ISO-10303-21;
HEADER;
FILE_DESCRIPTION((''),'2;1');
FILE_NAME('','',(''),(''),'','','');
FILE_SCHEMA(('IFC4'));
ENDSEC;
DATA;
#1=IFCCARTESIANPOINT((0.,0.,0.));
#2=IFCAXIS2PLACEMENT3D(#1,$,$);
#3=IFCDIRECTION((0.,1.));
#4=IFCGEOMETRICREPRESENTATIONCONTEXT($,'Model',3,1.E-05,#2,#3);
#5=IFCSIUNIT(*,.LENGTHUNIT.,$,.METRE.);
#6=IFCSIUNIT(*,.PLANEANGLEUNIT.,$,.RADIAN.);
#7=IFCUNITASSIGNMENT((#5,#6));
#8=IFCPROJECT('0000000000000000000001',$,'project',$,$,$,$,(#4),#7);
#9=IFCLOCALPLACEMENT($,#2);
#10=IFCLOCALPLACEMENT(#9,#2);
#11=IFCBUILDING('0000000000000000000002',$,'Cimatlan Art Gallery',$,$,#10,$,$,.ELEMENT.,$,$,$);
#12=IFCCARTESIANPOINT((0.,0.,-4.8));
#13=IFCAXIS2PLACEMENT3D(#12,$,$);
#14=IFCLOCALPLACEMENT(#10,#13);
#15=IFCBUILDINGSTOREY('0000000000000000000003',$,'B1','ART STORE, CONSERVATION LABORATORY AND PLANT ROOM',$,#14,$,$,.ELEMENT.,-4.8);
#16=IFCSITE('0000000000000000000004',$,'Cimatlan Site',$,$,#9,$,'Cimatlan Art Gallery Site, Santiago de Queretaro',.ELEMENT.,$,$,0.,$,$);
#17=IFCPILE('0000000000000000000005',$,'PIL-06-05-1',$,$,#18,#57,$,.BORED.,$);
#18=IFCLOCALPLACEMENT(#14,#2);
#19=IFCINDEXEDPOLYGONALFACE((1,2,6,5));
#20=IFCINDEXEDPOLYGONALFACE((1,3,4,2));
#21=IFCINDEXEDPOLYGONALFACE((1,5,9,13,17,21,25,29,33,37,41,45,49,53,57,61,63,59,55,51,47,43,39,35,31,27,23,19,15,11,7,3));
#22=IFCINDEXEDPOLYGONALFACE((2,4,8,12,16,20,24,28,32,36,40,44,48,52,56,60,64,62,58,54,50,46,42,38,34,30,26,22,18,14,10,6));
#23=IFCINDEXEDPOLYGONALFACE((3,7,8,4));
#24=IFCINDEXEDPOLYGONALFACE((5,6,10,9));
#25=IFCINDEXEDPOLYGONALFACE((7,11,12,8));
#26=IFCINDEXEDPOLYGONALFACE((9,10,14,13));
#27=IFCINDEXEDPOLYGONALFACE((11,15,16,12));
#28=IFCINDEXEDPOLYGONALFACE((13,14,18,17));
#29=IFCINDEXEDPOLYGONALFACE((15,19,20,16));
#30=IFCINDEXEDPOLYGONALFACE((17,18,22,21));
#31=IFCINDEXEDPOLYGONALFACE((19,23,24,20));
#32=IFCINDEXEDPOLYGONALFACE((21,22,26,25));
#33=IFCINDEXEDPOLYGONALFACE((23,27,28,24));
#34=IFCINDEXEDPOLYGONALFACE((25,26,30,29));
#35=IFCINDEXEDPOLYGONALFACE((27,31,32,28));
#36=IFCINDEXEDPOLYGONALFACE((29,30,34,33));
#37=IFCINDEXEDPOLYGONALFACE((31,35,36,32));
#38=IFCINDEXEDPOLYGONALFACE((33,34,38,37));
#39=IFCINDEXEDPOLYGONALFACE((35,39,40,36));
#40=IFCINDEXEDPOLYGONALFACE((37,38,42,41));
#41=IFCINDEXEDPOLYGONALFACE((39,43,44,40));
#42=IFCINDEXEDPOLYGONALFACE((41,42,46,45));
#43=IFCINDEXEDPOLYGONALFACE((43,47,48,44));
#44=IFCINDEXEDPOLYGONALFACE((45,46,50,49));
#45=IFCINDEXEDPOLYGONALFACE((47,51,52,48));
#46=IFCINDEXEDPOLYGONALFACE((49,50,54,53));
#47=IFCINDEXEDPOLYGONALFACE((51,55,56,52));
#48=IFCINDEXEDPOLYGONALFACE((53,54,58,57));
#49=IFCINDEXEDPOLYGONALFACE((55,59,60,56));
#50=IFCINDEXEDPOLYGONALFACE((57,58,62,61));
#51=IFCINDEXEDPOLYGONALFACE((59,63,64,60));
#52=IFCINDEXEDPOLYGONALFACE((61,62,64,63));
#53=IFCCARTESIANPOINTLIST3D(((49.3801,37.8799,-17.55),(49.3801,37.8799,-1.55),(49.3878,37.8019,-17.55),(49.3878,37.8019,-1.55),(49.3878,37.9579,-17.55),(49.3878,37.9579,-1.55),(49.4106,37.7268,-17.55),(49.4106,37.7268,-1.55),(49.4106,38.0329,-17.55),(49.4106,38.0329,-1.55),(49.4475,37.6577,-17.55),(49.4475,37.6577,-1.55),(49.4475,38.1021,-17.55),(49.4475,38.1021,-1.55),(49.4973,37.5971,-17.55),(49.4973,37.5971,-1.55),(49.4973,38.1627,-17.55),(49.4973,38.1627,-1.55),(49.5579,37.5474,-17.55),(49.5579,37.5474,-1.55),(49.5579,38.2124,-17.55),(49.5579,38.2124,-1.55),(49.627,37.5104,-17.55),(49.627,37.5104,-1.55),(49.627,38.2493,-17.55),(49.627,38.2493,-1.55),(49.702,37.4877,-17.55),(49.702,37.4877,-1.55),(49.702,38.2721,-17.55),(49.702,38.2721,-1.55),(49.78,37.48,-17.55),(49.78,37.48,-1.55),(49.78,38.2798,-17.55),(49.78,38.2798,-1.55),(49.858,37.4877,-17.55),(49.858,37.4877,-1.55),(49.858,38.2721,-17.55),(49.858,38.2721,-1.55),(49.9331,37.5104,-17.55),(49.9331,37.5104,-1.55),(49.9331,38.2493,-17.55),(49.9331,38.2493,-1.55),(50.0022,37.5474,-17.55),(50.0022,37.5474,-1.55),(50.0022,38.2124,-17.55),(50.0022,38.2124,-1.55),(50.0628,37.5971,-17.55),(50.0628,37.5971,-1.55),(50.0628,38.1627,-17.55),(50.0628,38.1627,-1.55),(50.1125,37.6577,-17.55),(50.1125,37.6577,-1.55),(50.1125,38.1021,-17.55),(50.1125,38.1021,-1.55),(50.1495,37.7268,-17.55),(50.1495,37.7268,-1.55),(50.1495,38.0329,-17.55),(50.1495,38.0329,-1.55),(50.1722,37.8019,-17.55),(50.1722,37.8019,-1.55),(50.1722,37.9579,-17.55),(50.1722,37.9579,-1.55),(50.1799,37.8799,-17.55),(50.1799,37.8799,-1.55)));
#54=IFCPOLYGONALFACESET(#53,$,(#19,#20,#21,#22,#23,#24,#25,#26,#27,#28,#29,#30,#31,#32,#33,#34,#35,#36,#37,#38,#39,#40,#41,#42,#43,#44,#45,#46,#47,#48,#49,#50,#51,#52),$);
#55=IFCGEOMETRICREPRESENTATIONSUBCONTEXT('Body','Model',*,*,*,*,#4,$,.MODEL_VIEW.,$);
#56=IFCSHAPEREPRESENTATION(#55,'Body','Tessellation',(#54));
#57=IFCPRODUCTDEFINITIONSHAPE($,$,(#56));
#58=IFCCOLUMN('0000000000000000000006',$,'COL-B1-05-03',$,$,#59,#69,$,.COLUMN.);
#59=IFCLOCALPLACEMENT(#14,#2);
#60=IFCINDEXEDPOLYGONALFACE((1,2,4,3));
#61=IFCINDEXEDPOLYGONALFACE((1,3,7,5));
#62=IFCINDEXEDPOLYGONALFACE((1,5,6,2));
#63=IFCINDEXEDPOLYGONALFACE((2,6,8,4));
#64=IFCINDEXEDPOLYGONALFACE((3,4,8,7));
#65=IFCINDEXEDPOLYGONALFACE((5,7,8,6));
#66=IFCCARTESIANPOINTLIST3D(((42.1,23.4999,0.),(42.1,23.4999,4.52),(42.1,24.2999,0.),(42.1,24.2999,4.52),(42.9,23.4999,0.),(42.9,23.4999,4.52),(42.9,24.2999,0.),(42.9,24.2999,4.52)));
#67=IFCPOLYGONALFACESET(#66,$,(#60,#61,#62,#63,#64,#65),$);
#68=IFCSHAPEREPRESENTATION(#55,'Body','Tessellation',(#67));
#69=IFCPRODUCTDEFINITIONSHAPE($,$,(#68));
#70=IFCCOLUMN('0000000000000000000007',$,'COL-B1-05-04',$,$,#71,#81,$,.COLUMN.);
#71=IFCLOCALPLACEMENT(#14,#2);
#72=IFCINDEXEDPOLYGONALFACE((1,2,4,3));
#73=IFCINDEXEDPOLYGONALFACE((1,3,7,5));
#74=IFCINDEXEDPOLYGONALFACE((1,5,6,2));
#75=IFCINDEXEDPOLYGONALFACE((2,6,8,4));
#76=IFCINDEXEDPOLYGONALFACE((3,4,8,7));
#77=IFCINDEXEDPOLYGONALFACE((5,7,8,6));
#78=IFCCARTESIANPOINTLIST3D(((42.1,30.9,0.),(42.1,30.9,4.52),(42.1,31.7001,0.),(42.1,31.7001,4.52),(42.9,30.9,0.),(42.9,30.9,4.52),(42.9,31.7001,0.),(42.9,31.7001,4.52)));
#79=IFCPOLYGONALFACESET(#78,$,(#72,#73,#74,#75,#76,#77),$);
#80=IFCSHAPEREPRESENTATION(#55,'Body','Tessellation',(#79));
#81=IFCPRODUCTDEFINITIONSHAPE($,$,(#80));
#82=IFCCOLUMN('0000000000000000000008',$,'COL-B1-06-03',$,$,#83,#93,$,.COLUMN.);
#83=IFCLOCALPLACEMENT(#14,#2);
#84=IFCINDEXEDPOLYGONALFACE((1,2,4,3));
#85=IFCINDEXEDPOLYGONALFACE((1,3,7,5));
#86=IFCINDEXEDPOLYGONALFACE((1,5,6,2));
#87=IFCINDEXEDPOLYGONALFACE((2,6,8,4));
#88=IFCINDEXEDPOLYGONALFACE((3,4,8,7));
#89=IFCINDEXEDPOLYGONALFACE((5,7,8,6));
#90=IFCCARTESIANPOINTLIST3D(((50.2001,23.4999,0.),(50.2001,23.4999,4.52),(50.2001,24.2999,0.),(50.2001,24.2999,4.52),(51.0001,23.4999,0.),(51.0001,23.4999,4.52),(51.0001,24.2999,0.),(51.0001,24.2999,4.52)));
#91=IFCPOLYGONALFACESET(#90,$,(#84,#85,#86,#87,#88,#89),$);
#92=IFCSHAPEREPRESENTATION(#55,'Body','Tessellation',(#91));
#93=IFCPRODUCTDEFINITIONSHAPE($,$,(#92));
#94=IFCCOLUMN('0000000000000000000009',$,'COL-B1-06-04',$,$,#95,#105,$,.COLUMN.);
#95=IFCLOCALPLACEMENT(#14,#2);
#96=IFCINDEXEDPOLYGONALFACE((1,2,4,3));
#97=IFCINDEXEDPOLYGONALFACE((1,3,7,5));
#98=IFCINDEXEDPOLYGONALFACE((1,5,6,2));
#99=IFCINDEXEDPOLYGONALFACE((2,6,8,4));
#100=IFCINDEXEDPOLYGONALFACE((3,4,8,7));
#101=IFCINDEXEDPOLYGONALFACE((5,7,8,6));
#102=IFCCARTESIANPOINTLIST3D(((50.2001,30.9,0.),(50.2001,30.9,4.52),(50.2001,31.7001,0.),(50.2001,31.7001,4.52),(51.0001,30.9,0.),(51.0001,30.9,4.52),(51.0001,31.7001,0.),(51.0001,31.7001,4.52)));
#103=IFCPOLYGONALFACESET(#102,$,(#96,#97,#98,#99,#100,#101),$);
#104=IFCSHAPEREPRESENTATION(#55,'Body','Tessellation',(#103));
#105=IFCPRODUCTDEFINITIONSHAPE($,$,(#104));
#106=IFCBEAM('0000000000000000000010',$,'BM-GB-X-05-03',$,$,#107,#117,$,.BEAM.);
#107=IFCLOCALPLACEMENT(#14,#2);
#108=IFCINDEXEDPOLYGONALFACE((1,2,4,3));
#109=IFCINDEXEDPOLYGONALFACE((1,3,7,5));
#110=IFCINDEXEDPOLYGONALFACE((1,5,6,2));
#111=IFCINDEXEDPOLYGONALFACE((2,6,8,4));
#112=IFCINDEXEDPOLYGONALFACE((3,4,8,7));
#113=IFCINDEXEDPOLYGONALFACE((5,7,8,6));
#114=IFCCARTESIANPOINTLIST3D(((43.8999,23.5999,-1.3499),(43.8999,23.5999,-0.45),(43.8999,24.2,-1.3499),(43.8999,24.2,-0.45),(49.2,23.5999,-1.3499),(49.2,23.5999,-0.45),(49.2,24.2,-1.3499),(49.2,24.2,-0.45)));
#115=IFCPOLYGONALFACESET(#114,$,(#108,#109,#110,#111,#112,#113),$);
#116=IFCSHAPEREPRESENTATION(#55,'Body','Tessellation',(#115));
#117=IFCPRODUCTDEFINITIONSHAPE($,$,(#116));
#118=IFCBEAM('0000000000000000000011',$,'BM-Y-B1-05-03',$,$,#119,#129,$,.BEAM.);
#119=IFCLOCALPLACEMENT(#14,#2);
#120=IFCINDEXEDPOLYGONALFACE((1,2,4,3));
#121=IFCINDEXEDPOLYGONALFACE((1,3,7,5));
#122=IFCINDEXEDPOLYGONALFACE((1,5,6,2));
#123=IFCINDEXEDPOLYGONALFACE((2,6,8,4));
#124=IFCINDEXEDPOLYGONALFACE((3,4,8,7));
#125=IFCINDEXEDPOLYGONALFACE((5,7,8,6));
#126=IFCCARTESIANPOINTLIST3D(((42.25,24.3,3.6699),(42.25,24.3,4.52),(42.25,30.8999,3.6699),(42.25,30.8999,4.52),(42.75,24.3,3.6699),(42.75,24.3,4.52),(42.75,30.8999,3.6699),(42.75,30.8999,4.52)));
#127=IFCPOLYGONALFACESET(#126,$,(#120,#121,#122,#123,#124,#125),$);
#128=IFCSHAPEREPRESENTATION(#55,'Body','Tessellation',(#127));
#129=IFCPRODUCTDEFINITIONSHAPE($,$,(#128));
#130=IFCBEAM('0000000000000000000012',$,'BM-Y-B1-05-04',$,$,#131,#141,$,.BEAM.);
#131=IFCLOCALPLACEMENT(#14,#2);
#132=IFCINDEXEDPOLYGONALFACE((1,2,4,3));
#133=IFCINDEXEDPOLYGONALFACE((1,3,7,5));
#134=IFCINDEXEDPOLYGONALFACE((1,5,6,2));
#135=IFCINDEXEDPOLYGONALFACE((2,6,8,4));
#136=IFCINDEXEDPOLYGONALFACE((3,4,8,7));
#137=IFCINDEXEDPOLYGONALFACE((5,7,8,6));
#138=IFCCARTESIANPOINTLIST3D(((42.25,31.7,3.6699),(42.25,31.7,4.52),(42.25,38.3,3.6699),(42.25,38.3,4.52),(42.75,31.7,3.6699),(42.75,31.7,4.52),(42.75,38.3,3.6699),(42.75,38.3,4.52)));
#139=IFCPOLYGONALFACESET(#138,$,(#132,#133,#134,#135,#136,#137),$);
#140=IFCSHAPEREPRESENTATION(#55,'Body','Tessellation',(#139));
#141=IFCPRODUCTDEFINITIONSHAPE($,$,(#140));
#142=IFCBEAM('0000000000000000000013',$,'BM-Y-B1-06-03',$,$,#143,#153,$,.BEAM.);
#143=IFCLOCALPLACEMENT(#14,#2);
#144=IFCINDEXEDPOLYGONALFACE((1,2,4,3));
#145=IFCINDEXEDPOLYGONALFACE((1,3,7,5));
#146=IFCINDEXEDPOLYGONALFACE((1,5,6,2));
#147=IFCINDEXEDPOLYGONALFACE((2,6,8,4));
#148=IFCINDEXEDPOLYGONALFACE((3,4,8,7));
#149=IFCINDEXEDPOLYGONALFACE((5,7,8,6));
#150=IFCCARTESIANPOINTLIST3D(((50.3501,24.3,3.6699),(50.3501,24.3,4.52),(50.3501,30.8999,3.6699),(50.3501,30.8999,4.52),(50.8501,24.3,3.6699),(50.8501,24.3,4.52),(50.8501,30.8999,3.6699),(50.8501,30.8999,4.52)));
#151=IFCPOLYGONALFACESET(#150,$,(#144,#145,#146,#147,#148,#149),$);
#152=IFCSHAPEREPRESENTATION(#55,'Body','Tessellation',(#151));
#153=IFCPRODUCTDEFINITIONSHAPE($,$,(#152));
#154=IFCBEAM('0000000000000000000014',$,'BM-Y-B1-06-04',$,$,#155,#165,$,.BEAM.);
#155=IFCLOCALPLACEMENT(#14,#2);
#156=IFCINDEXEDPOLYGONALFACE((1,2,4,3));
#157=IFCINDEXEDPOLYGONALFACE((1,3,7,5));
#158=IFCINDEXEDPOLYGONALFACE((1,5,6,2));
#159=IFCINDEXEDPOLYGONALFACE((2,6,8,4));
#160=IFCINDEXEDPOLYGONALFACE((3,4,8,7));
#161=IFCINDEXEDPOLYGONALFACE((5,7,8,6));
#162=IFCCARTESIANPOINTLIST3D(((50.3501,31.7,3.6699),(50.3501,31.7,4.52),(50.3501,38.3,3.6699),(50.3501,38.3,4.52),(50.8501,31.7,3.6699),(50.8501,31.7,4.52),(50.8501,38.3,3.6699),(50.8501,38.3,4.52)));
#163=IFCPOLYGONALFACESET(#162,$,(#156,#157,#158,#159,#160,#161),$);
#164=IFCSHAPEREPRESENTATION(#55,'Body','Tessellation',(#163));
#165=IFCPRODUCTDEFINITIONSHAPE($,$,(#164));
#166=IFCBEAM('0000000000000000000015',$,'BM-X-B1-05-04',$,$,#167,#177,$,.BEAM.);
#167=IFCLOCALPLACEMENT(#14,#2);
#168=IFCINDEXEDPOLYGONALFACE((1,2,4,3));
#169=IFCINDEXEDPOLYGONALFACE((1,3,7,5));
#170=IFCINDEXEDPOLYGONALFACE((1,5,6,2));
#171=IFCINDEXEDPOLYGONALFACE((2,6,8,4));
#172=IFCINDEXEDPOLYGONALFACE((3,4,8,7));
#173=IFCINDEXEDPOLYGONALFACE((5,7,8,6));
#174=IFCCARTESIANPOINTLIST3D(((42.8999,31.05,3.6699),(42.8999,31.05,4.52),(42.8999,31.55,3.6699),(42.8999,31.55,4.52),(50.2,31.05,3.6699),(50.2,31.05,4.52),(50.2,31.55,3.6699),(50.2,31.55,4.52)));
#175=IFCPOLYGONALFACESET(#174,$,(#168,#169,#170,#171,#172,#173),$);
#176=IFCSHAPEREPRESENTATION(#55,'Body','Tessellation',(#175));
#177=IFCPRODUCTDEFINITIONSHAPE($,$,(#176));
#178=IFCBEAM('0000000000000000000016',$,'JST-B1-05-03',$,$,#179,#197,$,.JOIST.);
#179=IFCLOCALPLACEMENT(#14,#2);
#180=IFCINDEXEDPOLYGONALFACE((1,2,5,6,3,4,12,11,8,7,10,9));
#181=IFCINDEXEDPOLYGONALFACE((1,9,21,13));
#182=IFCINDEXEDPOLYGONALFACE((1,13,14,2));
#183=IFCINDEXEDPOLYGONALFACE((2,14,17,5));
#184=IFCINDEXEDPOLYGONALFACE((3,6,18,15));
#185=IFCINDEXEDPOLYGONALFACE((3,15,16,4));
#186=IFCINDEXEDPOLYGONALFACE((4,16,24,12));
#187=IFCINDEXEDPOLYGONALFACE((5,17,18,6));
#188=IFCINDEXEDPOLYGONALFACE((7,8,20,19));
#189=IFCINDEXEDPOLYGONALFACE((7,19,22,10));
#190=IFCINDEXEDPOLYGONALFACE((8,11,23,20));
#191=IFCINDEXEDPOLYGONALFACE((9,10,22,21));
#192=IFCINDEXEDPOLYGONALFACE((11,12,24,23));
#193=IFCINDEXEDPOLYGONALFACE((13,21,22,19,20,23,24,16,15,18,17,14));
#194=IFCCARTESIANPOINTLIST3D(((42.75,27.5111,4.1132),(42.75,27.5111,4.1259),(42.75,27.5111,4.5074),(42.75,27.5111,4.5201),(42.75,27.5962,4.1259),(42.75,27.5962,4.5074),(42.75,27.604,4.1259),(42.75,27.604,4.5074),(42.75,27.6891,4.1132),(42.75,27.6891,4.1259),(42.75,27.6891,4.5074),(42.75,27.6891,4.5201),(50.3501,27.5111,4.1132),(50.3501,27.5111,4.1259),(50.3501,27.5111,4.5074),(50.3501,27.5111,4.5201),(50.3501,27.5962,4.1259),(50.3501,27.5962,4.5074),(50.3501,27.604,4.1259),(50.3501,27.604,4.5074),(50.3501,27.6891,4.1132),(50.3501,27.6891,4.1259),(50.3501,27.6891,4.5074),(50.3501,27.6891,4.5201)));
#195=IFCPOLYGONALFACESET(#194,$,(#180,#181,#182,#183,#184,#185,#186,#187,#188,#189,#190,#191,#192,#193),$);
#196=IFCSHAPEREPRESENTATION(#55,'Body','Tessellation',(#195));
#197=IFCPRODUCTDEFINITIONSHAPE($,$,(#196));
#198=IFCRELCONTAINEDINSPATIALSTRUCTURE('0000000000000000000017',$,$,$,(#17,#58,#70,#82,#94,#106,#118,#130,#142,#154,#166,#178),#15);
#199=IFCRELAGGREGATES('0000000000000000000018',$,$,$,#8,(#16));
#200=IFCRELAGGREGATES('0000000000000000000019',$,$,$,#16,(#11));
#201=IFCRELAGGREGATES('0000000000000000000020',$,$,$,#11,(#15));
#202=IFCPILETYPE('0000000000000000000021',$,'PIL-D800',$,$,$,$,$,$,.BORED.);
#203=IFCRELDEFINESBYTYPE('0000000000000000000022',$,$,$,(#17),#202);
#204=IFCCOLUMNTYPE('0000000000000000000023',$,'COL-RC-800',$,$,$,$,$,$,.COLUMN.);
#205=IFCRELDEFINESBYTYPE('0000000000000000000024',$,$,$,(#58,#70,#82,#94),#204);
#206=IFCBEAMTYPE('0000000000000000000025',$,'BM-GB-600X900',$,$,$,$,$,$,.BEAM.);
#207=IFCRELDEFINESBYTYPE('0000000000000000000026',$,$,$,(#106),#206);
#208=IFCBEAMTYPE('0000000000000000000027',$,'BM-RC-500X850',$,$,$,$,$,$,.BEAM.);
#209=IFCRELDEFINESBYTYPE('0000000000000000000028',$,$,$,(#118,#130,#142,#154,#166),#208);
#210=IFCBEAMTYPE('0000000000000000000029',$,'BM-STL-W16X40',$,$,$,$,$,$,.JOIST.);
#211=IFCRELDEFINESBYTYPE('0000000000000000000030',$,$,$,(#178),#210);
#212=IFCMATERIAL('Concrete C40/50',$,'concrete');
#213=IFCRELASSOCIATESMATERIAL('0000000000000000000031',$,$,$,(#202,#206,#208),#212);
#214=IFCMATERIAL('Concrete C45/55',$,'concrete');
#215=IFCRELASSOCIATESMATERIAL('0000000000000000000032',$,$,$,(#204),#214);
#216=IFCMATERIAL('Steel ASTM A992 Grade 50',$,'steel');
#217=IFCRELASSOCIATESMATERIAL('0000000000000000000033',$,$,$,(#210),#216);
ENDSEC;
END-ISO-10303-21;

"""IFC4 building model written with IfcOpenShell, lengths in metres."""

from ifc_helpers import new_model, si_unit, direction, frame, origin, origin_2d, place, context, subcontext, project, spatial, rectangle, circle, i_section, extrude, material, material_profile, profile_set, type_object, element, save


model = new_model("IFC4")

# Units and contexts
model_context = context("Model", 3, precision=1e-05, world=origin(), true_north=direction((0.0, 1.0)))
body_context = subcontext(model_context, "Body", "Model", "MODEL_VIEW")
ifc_project = project(units=[si_unit("LENGTHUNIT", "METRE"), si_unit("PLANEANGLEUNIT", "RADIAN")], contexts=[model_context])

# Site, building, storey
site_placement = place(None, origin())
site = spatial("IfcSite", under=ifc_project, at=site_placement, Name="Cimatlan Site", LongName="Cimatlan Art Gallery Site, Santiago de Queretaro", CompositionType="ELEMENT", RefElevation=0.0)
building_placement = place(site_placement, origin())
building = spatial("IfcBuilding", under=site, at=building_placement, Name="Cimatlan Art Gallery", CompositionType="ELEMENT")
storey_placement = place(building_placement, frame((0.0, 0.0, -4.8)))
storey = spatial("IfcBuildingStorey", under=building, at=storey_placement, Name="B1", Description="ART STORE, CONSERVATION LABORATORY AND PLANT ROOM", CompositionType="ELEMENT", Elevation=-4.8)

# Shared definitions
ifc_material_1 = material(Name="Concrete C40/50", Category="concrete")

# Pile
pile_type = type_object("IfcPileType", Name="PIL-D800", PredefinedType="BORED", material=ifc_material_1)
for number, where, z_axis, x_axis, name in (
    (1, (49.78, 37.8799, -1.55), (0.0, 0.0, -1.0), (1.0, 0.0, 0.0), "PIL-06-05-1"),
):
    element("IfcPile", number, at=place(storey_placement, frame(where, z_axis=z_axis, x_axis=x_axis)), inside=storey, type_object=pile_type, Name=name, PredefinedType="BORED", context=body_context, shape_type="SweptSolid", body=[
        extrude(circle(Radius=0.3999, at=origin_2d()), origin(), (0.0, 0.0, 1.0), 16.0),
    ])

# Columns
ifc_material_2 = material(Name="Concrete C45/55", Category="concrete")
ifc_material_profile_1 = material_profile(ifc_material_2, rectangle(XDim=0.8, YDim=0.8, at=origin_2d()), Name="RC800X800")
ifc_profile_set_1 = profile_set([ifc_material_profile_1], Name="Concrete C45/55")
column_type = type_object("IfcColumnType", Name="COL-RC-800", PredefinedType="COLUMN", material=ifc_profile_set_1)
for number, where, z_axis, x_axis, name in (
    (2, (42.5, 23.8999, 0.0), (0.0, 0.0, 1.0), (1.0, 0.0, 0.0), "COL-B1-05-03"),
    (3, (42.5, 31.3, 0.0), (0.0, 0.0, 1.0), (1.0, 0.0, 0.0), "COL-B1-05-04"),
    (4, (50.6001, 23.8999, 0.0), (0.0, 0.0, 1.0), (1.0, 0.0, 0.0), "COL-B1-06-03"),
    (5, (50.6001, 31.3, 0.0), (0.0, 0.0, 1.0), (1.0, 0.0, 0.0), "COL-B1-06-04"),
):
    element("IfcColumn", number, at=place(storey_placement, frame(where, z_axis=z_axis, x_axis=x_axis)), inside=storey, type_object=column_type, Name=name, PredefinedType="COLUMN", context=body_context, shape_type="SweptSolid", body=[
        extrude(rectangle(XDim=0.8, YDim=0.8, at=origin_2d()), origin(), (0.0, 0.0, 1.0), 4.52),
    ])

# Beams
ifc_material_profile_2 = material_profile(ifc_material_1, rectangle(XDim=0.6001, YDim=0.8999, at=origin_2d()), Name="RC600X900")
ifc_profile_set_2 = profile_set([ifc_material_profile_2], Name="Concrete C40/50")
beam_type_1 = type_object("IfcBeamType", Name="BM-GB-600X900", PredefinedType="BEAM", material=ifc_profile_set_2)
beam_1_placement = place(storey_placement, frame((43.8999, 23.8999, -0.8999), z_axis=(1.0, 0.0, 0.0), x_axis=(0.0, 1.0, 0.0)))
element("IfcBeam", 6, at=beam_1_placement, inside=storey, type_object=beam_type_1, Name="BM-GB-X-05-03", PredefinedType="BEAM", context=body_context, shape_type="SweptSolid", body=[
    extrude(rectangle(XDim=0.6001, YDim=0.8999, at=origin_2d()), origin(), (0.0, 0.0, 1.0), 5.3),
])
ifc_material_profile_3 = material_profile(ifc_material_1, rectangle(XDim=0.5, YDim=0.8501, at=origin_2d()), Name="RC500X850")
ifc_profile_set_3 = profile_set([ifc_material_profile_3], Name="Concrete C40/50")
beam_type_2 = type_object("IfcBeamType", Name="BM-RC-500X850", PredefinedType="BEAM", material=ifc_profile_set_3)
beam_2_placement = place(storey_placement, frame((42.5, 24.3, 4.095), z_axis=(0.0, 1.0, 0.0), x_axis=(-1.0, 0.0, 0.0)))
element("IfcBeam", 7, at=beam_2_placement, inside=storey, type_object=beam_type_2, Name="BM-Y-B1-05-03", PredefinedType="BEAM", context=body_context, shape_type="SweptSolid", body=[
    extrude(rectangle(XDim=0.5, YDim=0.8501, at=origin_2d()), origin(), (0.0, 0.0, 1.0), 6.5999),
])
beam_3_placement = place(storey_placement, frame((42.5, 31.7, 4.095), z_axis=(0.0, 1.0, 0.0), x_axis=(-1.0, 0.0, 0.0)))
element("IfcBeam", 8, at=beam_3_placement, inside=storey, type_object=beam_type_2, Name="BM-Y-B1-05-04", PredefinedType="BEAM", context=body_context, shape_type="SweptSolid", body=[
    extrude(rectangle(XDim=0.5, YDim=0.8501, at=origin_2d()), origin(), (0.0, 0.0, 1.0), 6.6001),
])
beam_4_placement = place(storey_placement, frame((50.6001, 24.3, 4.095), z_axis=(0.0, 1.0, 0.0), x_axis=(-1.0, 0.0, 0.0)))
element("IfcBeam", 9, at=beam_4_placement, inside=storey, type_object=beam_type_2, Name="BM-Y-B1-06-03", PredefinedType="BEAM", context=body_context, shape_type="SweptSolid", body=[
    extrude(rectangle(XDim=0.5, YDim=0.8501, at=origin_2d()), origin(), (0.0, 0.0, 1.0), 6.5999),
])
beam_5_placement = place(storey_placement, frame((50.6001, 31.7, 4.095), z_axis=(0.0, 1.0, 0.0), x_axis=(-1.0, 0.0, 0.0)))
element("IfcBeam", 10, at=beam_5_placement, inside=storey, type_object=beam_type_2, Name="BM-Y-B1-06-04", PredefinedType="BEAM", context=body_context, shape_type="SweptSolid", body=[
    extrude(rectangle(XDim=0.5, YDim=0.8501, at=origin_2d()), origin(), (0.0, 0.0, 1.0), 6.6001),
])
beam_6_placement = place(storey_placement, frame((42.8999, 31.3, 4.095), z_axis=(1.0, 0.0, 0.0), x_axis=(0.0, 1.0, 0.0)))
element("IfcBeam", 11, at=beam_6_placement, inside=storey, type_object=beam_type_2, Name="BM-X-B1-05-04", PredefinedType="BEAM", context=body_context, shape_type="SweptSolid", body=[
    extrude(rectangle(XDim=0.5, YDim=0.8501, at=origin_2d()), origin(), (0.0, 0.0, 1.0), 7.3),
])
ifc_material_3 = material(Name="Steel ASTM A992 Grade 50", Category="steel")
ifc_material_profile_4 = material_profile(ifc_material_3, i_section(OverallWidth=0.178, OverallDepth=0.407, WebThickness=0.0078, FlangeThickness=0.0127, at=origin_2d()), Name="W16X40")
ifc_profile_set_4 = profile_set([ifc_material_profile_4], Name="Steel ASTM A992 Grade 50")
beam_type_3 = type_object("IfcBeamType", Name="BM-STL-W16X40", PredefinedType="JOIST", material=ifc_profile_set_4)
for number, where, z_axis, x_axis, name in (
    (12, (42.75, 27.6001, 4.3167), (1.0, 0.0, 0.0), (0.0, 1.0, 0.0), "JST-B1-05-03"),
):
    element("IfcBeam", number, at=place(storey_placement, frame(where, z_axis=z_axis, x_axis=x_axis)), inside=storey, type_object=beam_type_3, Name=name, PredefinedType="JOIST", context=body_context, shape_type="SweptSolid", body=[
        extrude(i_section(OverallWidth=0.178, OverallDepth=0.407, WebThickness=0.0078, FlangeThickness=0.0127, at=origin_2d()), origin(), (0.0, 0.0, 1.0), 7.6001),
    ])

save(model, "model.ifc")
